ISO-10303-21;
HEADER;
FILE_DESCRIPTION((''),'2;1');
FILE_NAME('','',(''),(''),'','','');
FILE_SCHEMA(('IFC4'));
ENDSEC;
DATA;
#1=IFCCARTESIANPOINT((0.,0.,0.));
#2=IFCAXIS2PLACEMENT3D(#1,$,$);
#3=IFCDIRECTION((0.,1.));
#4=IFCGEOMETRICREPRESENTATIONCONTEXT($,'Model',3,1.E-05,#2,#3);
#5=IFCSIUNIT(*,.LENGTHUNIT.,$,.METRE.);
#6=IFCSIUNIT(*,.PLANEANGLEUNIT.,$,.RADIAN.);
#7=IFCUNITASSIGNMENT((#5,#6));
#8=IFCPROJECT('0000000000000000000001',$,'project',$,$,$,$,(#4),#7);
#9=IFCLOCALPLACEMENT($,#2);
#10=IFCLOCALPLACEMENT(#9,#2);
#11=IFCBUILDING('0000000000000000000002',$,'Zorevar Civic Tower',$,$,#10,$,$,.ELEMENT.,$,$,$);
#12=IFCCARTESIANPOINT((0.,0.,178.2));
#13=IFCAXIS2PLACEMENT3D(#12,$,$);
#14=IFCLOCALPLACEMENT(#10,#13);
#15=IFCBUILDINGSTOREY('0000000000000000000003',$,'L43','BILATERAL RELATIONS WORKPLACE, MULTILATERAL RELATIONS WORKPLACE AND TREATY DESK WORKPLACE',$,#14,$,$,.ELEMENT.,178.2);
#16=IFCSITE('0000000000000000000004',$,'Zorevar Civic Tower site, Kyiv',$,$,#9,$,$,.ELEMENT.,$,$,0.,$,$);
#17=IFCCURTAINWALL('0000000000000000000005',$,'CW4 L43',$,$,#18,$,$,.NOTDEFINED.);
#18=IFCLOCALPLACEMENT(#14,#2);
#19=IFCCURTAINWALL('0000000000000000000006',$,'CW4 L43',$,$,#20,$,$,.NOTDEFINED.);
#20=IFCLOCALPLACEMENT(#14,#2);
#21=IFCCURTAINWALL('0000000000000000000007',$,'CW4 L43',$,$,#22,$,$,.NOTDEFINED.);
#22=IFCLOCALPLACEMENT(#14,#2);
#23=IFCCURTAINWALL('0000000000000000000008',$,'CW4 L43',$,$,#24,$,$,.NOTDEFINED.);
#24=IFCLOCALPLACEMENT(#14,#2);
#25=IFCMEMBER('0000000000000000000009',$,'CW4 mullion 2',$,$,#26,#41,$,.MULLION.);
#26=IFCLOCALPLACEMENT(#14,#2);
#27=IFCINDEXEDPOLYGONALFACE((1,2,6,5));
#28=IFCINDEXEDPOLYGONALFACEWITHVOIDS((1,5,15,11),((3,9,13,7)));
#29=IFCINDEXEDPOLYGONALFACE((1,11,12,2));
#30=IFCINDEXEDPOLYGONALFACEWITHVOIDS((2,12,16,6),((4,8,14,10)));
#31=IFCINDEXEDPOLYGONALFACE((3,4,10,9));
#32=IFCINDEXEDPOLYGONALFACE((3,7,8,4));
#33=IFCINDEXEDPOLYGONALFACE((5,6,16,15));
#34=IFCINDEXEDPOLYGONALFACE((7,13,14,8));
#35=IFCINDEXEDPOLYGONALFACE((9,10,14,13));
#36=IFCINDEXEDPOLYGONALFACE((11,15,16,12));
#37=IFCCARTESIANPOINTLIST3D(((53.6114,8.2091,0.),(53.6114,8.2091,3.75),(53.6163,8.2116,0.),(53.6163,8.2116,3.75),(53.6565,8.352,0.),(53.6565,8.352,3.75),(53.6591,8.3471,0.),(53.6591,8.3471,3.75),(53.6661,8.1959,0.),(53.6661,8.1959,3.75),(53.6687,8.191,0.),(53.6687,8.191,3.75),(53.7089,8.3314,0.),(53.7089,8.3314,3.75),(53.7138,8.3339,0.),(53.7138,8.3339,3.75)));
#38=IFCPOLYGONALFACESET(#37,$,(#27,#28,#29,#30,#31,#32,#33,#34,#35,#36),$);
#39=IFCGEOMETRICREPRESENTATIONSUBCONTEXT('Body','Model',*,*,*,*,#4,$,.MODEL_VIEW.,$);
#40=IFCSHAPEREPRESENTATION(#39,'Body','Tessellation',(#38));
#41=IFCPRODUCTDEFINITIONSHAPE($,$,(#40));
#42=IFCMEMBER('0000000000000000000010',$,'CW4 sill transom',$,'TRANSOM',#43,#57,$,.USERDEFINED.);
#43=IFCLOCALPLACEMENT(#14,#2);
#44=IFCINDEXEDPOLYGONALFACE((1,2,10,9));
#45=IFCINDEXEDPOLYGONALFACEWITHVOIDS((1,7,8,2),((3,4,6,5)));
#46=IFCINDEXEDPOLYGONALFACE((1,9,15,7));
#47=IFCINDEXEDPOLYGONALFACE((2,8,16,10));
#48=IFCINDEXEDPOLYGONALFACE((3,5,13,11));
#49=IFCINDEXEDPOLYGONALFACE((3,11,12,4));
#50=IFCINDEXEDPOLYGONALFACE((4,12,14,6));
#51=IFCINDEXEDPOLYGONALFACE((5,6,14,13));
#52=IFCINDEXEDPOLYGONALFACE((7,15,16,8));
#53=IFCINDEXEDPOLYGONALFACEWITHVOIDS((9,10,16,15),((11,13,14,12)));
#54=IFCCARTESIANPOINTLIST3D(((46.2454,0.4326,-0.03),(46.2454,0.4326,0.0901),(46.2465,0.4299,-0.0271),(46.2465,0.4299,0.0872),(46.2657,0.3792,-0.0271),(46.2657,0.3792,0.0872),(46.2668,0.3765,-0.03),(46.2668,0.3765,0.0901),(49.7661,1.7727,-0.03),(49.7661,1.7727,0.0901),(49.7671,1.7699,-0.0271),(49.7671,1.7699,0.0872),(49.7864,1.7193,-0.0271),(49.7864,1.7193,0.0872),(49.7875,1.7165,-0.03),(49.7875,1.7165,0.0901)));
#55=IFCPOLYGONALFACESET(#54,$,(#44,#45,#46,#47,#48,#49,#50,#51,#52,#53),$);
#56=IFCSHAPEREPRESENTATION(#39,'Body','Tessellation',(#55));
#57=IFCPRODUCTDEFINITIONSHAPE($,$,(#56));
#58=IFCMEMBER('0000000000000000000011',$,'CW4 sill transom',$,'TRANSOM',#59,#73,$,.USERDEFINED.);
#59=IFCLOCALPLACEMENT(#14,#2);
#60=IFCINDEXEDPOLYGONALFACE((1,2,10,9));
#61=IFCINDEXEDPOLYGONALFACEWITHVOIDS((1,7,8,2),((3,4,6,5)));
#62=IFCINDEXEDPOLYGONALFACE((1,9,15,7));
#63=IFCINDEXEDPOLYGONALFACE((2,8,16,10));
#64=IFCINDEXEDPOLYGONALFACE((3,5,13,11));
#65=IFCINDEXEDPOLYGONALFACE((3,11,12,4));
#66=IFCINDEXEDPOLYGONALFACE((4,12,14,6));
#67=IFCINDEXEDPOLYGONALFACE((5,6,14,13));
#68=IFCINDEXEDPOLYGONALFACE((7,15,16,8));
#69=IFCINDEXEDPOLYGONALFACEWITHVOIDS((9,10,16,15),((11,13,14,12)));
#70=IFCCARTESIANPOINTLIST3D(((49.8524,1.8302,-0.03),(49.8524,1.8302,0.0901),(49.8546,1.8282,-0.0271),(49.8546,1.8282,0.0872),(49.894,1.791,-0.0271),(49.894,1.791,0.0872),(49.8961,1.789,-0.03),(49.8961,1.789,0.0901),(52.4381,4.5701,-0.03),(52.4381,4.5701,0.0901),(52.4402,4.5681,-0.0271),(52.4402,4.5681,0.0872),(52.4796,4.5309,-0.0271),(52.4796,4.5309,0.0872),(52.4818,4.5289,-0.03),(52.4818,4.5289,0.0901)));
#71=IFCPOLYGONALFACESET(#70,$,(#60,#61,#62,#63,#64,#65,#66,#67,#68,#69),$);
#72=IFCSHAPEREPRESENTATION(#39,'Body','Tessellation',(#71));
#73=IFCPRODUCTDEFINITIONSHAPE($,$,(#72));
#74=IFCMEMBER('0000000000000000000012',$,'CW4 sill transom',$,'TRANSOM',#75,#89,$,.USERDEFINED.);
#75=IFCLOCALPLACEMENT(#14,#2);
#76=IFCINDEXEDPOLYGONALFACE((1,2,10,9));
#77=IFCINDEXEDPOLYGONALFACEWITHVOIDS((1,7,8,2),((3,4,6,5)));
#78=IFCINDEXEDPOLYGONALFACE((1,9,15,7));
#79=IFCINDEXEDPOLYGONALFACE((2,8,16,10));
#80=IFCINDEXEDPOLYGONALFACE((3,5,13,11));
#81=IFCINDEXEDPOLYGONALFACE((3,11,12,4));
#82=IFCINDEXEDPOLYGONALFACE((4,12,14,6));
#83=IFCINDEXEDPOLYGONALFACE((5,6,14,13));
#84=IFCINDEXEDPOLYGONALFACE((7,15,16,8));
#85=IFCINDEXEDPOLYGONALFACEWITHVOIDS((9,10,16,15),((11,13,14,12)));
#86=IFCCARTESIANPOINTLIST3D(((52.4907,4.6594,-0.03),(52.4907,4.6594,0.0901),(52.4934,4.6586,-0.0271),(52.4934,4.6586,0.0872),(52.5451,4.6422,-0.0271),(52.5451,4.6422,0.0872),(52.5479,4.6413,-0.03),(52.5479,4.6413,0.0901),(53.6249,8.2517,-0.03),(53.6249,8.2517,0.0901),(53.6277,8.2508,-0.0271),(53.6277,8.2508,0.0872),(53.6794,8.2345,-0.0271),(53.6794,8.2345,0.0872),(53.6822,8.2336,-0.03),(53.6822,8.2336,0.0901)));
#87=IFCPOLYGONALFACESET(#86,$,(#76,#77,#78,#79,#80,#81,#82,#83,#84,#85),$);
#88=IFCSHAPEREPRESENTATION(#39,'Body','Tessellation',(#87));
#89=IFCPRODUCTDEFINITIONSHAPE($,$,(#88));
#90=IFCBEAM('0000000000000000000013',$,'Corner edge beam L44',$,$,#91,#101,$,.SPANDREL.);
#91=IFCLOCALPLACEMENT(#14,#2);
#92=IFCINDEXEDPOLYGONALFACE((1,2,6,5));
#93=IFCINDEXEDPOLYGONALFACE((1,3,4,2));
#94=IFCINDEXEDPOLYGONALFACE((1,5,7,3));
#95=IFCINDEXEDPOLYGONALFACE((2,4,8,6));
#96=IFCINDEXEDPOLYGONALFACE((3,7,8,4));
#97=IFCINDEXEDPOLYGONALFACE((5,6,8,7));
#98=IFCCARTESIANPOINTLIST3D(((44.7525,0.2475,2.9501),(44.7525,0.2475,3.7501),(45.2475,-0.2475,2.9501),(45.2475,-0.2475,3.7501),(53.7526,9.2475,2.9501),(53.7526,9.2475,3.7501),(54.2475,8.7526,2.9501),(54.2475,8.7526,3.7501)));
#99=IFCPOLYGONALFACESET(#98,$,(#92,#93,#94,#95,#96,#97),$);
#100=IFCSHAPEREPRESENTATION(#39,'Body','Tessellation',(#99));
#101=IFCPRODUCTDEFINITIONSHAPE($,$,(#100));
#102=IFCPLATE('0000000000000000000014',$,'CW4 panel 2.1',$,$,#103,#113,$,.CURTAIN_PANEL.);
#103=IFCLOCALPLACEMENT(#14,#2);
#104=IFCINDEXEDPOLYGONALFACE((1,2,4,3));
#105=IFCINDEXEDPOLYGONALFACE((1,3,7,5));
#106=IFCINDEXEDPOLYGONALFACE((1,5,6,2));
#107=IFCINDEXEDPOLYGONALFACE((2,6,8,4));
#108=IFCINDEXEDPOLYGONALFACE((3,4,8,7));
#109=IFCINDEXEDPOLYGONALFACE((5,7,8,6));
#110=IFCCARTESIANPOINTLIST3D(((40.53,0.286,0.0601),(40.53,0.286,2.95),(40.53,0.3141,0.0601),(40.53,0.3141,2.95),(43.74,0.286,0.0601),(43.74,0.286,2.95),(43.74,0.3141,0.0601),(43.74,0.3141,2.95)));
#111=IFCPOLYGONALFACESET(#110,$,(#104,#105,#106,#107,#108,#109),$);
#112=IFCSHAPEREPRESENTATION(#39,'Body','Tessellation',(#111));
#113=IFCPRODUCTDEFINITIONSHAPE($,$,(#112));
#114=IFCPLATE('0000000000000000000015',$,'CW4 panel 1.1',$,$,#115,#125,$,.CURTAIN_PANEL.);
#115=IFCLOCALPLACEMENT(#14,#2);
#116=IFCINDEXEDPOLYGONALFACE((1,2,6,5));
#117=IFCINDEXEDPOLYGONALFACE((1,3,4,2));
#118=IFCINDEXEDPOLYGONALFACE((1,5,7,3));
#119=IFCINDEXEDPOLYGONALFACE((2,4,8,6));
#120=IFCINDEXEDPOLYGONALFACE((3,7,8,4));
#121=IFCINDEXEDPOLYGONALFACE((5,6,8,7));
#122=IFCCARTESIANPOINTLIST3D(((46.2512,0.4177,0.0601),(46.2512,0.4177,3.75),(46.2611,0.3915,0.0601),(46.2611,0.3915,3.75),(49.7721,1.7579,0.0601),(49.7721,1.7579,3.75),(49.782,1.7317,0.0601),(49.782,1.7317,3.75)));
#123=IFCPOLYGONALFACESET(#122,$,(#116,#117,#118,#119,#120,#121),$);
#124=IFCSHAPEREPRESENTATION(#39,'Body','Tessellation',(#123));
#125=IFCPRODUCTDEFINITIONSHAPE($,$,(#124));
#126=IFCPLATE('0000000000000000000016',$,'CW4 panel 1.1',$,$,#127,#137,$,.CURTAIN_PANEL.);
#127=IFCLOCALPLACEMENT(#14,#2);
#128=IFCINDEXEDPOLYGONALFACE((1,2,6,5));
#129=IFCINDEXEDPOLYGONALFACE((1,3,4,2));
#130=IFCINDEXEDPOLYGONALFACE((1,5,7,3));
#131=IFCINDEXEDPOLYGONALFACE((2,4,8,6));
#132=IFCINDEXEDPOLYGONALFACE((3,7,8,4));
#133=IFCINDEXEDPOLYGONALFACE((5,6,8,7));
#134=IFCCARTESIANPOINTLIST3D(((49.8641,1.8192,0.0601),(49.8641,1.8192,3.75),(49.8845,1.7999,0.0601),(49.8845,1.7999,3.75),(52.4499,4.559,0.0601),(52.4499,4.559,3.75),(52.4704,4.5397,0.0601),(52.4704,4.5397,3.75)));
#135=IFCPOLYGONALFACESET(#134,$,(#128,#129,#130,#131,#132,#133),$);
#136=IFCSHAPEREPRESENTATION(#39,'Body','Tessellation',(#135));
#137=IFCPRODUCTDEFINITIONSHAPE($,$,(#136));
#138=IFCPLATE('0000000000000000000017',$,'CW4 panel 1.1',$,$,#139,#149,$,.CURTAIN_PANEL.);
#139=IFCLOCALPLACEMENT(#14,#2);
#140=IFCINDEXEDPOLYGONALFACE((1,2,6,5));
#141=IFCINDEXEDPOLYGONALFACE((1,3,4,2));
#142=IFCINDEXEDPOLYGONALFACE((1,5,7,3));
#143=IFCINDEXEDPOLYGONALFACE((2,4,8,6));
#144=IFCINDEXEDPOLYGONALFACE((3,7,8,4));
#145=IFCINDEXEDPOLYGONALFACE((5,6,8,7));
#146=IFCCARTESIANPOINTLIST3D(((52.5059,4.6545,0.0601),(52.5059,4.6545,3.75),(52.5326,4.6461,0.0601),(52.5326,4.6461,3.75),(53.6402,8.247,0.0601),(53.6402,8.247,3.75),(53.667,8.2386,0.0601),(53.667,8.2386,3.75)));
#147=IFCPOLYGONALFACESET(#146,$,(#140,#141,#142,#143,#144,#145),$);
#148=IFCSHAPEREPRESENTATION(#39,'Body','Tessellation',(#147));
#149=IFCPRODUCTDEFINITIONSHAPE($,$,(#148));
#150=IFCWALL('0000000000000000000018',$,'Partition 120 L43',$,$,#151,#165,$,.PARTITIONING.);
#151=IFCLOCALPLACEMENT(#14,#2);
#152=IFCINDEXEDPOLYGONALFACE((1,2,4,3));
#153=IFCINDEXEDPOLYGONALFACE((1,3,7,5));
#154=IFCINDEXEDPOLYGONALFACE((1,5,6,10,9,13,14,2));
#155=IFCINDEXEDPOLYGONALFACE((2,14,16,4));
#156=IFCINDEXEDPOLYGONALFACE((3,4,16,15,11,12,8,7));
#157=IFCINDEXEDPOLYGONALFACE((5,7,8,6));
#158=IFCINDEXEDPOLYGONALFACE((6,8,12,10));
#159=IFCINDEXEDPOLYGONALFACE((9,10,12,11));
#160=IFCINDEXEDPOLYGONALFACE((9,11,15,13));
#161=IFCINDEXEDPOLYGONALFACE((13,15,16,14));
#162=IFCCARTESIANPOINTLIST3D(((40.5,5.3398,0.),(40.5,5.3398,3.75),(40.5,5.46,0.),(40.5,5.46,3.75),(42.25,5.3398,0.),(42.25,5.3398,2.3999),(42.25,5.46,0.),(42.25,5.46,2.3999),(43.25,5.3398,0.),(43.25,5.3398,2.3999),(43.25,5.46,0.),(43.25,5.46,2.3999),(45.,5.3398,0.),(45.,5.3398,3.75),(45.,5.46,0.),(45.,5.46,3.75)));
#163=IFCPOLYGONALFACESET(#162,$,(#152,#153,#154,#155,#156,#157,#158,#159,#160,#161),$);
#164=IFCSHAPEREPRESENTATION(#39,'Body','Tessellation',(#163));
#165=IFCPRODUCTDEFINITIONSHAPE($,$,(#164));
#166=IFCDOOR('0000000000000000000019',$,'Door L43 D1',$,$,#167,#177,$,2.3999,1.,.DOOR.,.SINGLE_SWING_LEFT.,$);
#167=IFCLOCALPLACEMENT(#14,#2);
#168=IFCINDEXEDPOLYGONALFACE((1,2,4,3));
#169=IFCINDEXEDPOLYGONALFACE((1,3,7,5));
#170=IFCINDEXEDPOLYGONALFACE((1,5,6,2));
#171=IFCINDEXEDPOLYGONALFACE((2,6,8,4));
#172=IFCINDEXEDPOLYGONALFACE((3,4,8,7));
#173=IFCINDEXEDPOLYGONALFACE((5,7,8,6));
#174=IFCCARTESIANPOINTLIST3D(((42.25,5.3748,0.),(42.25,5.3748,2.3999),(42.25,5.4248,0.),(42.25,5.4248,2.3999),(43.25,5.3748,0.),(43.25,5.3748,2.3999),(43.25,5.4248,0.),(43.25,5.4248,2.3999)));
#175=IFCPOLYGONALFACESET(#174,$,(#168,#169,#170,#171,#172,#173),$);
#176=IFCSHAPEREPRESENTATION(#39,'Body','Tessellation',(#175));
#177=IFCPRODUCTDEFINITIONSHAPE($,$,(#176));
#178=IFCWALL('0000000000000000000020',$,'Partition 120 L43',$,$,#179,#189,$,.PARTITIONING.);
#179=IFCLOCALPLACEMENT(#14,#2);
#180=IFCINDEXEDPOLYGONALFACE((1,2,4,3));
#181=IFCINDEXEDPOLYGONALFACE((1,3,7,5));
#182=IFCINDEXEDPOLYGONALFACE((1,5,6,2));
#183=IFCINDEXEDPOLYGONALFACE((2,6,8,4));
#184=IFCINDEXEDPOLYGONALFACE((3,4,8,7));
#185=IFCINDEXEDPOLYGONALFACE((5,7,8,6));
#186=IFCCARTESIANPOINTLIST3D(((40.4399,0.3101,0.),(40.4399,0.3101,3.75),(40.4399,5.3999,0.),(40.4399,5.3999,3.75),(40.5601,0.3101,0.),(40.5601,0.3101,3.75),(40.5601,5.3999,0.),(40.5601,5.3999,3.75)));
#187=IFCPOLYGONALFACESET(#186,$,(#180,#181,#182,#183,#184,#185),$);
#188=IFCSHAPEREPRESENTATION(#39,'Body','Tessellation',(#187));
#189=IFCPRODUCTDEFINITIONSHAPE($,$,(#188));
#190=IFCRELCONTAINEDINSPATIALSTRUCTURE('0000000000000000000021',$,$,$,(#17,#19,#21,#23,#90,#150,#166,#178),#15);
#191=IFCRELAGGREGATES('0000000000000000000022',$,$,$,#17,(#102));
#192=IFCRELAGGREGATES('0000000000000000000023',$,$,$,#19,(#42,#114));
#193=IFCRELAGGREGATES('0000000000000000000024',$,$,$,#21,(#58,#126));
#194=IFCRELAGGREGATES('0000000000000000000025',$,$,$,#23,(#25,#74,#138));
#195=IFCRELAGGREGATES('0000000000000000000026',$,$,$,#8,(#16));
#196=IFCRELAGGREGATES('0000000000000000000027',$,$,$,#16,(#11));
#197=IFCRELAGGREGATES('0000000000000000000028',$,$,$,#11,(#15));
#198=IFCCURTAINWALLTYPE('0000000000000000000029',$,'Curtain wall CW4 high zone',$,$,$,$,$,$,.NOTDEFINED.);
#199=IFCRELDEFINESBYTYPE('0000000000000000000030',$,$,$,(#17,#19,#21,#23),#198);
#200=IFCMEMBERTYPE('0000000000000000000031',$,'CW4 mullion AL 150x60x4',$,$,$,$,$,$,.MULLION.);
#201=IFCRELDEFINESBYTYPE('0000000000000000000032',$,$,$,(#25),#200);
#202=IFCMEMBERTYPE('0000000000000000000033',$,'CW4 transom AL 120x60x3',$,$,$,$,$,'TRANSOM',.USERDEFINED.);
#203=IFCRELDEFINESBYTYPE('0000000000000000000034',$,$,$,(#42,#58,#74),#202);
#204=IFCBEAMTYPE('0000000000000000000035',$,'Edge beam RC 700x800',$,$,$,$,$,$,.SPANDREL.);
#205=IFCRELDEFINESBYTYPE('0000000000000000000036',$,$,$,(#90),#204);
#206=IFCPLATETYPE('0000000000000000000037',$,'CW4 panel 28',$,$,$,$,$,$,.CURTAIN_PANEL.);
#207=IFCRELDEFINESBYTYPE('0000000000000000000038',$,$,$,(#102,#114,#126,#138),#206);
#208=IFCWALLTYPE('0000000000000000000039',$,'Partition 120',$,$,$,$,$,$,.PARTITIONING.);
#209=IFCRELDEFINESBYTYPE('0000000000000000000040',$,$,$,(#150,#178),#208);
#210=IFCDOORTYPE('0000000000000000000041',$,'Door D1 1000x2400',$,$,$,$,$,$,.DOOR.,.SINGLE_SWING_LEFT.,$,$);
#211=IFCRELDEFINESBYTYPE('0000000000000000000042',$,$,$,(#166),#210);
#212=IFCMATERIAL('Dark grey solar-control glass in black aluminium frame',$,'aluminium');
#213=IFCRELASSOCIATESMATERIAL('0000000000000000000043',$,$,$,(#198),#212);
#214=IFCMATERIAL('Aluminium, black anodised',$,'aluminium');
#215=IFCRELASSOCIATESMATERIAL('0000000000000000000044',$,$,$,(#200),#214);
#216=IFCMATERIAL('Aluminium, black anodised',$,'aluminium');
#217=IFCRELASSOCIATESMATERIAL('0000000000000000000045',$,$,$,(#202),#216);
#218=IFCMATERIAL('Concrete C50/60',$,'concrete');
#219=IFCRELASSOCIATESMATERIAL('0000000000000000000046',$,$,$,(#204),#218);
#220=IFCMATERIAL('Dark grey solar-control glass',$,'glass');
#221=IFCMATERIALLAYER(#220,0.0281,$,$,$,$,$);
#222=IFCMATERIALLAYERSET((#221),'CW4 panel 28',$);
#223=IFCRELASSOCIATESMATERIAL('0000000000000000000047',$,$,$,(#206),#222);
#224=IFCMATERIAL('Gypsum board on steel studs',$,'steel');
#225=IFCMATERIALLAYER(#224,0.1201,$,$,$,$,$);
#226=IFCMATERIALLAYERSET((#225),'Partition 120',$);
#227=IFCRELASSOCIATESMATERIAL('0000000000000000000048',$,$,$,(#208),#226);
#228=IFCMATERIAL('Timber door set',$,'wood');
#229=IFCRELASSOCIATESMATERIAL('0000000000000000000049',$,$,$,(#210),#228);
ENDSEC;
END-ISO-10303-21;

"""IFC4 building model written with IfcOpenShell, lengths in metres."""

from ifc_helpers import new_model, si_unit, direction, frame, frame_2d, origin, origin_2d, place, context, subcontext, project, spatial, rectangle, hollow_rectangle, extrude, material, layer, layer_set, material_profile, profile_set, type_object, element, fill, aggregate, save


model = new_model("IFC4")

# Units and contexts
model_context = context("Model", 3, precision=1e-05, world=origin(), true_north=direction((0.0, 1.0)))
body_context = subcontext(model_context, "Body", "Model", "MODEL_VIEW")
ifc_project = project(units=[si_unit("LENGTHUNIT", "METRE"), si_unit("PLANEANGLEUNIT", "RADIAN")], contexts=[model_context])

# Site, building, storey
site_placement = place(None, origin())
site = spatial("IfcSite", under=ifc_project, at=site_placement, Name="Zorevar Civic Tower site, Kyiv", CompositionType="ELEMENT", RefElevation=0.0)
building_placement = place(site_placement, origin())
building = spatial("IfcBuilding", under=site, at=building_placement, Name="Zorevar Civic Tower", CompositionType="ELEMENT")
storey_placement = place(building_placement, frame((0.0, 0.0, 178.2)))
storey = spatial("IfcBuildingStorey", under=building, at=storey_placement, Name="L43", Description="BILATERAL RELATIONS WORKPLACE, MULTILATERAL RELATIONS WORKPLACE AND TREATY DESK WORKPLACE", CompositionType="ELEMENT", Elevation=178.2)

# Curtain walls, member
ifc_material_1 = material(Name="Dark grey solar-control glass in black aluminium frame", Category="aluminium")
curtain_wall_type = type_object("IfcCurtainWallType", Name="Curtain wall CW4 high zone", PredefinedType="NOTDEFINED", material=ifc_material_1)
curtain_wall_1_placement = place(storey_placement, origin())
curtain_wall_1 = element("IfcCurtainWall", 1, at=curtain_wall_1_placement, inside=storey, type_object=curtain_wall_type, Name="CW4 L43", PredefinedType="NOTDEFINED")
ifc_material_2 = material(Name="Aluminium, black anodised", Category="aluminium")
ifc_material_profile_1 = material_profile(ifc_material_2, hollow_rectangle(XDim=0.0601, YDim=0.1499, WallThickness=0.0039, at=origin_2d()), Name="AL 150x60x4")
ifc_profile_set_1 = profile_set([ifc_material_profile_1], Name="Aluminium, black anodised")
member_type_1 = type_object("IfcMemberType", Name="CW4 mullion AL 150x60x4", PredefinedType="MULLION", material=ifc_profile_set_1)
curtain_wall_2_placement = place(storey_placement, origin())
curtain_wall_2 = element("IfcCurtainWall", 2, at=curtain_wall_2_placement, inside=storey, type_object=curtain_wall_type, Name="CW4 L43", PredefinedType="NOTDEFINED")
curtain_wall_3_placement = place(storey_placement, origin())
curtain_wall_3 = element("IfcCurtainWall", 3, at=curtain_wall_3_placement, inside=storey, type_object=curtain_wall_type, Name="CW4 L43", PredefinedType="NOTDEFINED")
curtain_wall_4_placement = place(storey_placement, origin())
curtain_wall_4 = element("IfcCurtainWall", 4, at=curtain_wall_4_placement, inside=storey, type_object=curtain_wall_type, Name="CW4 L43", PredefinedType="NOTDEFINED")
member_1_placement = place(storey_placement, frame((53.6626, 8.2715, 0.0), z_axis=(0.0, 0.0, 1.0), x_axis=(-0.95359, 0.301108, 0.0)))
member_1 = element("IfcMember", 5, at=member_1_placement, type_object=member_type_1, Name="CW4 mullion 2", PredefinedType="MULLION", context=body_context, shape_type="SweptSolid", body=[
    extrude(hollow_rectangle(XDim=0.0601, YDim=0.1499, WallThickness=0.0039, at=origin_2d()), origin(), (0.0, 0.0, 1.0), 3.75),
])

# Members
ifc_material_3 = material(Name="Aluminium, black anodised", Category="aluminium")
ifc_material_profile_2 = material_profile(ifc_material_3, hollow_rectangle(XDim=0.0601, YDim=0.1201, WallThickness=0.0029, at=origin_2d()), Name="AL 120x60x3")
ifc_profile_set_2 = profile_set([ifc_material_profile_2], Name="Aluminium, black anodised")
member_type_2 = type_object("IfcMemberType", Name="CW4 transom AL 120x60x3", ElementType="TRANSOM", PredefinedType="USERDEFINED", material=ifc_profile_set_2)
member_2_placement = place(storey_placement, frame((46.2561, 0.4045, 0.03), z_axis=(0.934589, 0.355729, 0.0), x_axis=(-0.355729, 0.934589, 0.0)))
member_2 = element("IfcMember", 6, at=member_2_placement, type_object=member_type_2, Name="CW4 sill transom", ObjectType="TRANSOM", PredefinedType="USERDEFINED", context=body_context, shape_type="SweptSolid", body=[
    extrude(hollow_rectangle(XDim=0.0601, YDim=0.1201, WallThickness=0.0029, at=origin_2d()), origin(), (0.0, 0.0, 1.0), 3.7671),
])
member_3_placement = place(storey_placement, frame((49.8743, 1.8096, 0.03), z_axis=(0.686332, 0.727288, 0.0), x_axis=(-0.727288, 0.686332, 0.0)))
member_3 = element("IfcMember", 7, at=member_3_placement, type_object=member_type_2, Name="CW4 sill transom", ObjectType="TRANSOM", PredefinedType="USERDEFINED", context=body_context, shape_type="SweptSolid", body=[
    extrude(hollow_rectangle(XDim=0.0601, YDim=0.1201, WallThickness=0.0029, at=origin_2d()), origin(), (0.0, 0.0, 1.0), 3.7673),
])
member_4_placement = place(storey_placement, frame((52.5193, 4.6504, 0.03), z_axis=(0.3011, 0.953592, 0.0), x_axis=(-0.953592, 0.3011, 0.0)))
member_4 = element("IfcMember", 8, at=member_4_placement, type_object=member_type_2, Name="CW4 sill transom", ObjectType="TRANSOM", PredefinedType="USERDEFINED", context=body_context, shape_type="SweptSolid", body=[
    extrude(hollow_rectangle(XDim=0.0601, YDim=0.1201, WallThickness=0.0029, at=origin_2d()), origin(), (0.0, 0.0, 1.0), 3.7671),
])

# Beam
ifc_material_4 = material(Name="Concrete C50/60", Category="concrete")
ifc_material_profile_3 = material_profile(ifc_material_4, rectangle(XDim=0.7, YDim=0.8, at=origin_2d()), Name="RC 700x800")
ifc_profile_set_3 = profile_set([ifc_material_profile_3], Name="Concrete C50/60")
beam_type_1 = type_object("IfcBeamType", Name="Edge beam RC 700x800", PredefinedType="SPANDREL", material=ifc_profile_set_3)
beam_1_placement = place(storey_placement, frame((45.0, 0.0, 3.3501), z_axis=(0.707107, 0.707107, 0.0), x_axis=(-0.707107, 0.707107, 0.0)))
element("IfcBeam", 9, at=beam_1_placement, inside=storey, type_object=beam_type_1, Name="Corner edge beam L44", PredefinedType="SPANDREL", context=body_context, shape_type="SweptSolid", body=[
    extrude(rectangle(XDim=0.7, YDim=0.8, at=origin_2d()), origin(), (0.0, 0.0, 1.0), 12.728),
])

# Plates
ifc_material_5 = material(Name="Dark grey solar-control glass", Category="glass")
ifc_layer_1 = layer(ifc_material_5, 0.0281)
ifc_layer_set_1 = layer_set([ifc_layer_1], Name="CW4 panel 28")
plate_type = type_object("IfcPlateType", Name="CW4 panel 28", PredefinedType="CURTAIN_PANEL", material=ifc_layer_set_1)
plate_1_placement = place(storey_placement, frame((42.135, 0.3, 0.0601), z_axis=(0.0, 0.0, 1.0), x_axis=(1.0, 0.0, 0.0)))
plate_1 = element("IfcPlate", 10, at=plate_1_placement, type_object=plate_type, Name="CW4 panel 2.1", PredefinedType="CURTAIN_PANEL", context=body_context, shape_type="SweptSolid", body=[
    extrude(rectangle(XDim=3.21, YDim=0.0281, at=origin_2d()), origin(), (0.0, 0.0, 1.0), 2.8899),
])
aggregate(curtain_wall_1, [plate_1])
plate_2_placement = place(storey_placement, frame((48.0166, 1.0747, 0.0601), z_axis=(0.0, 0.0, 1.0), x_axis=(0.934588, 0.355731, 0.0)))
plate_2 = element("IfcPlate", 11, at=plate_2_placement, type_object=plate_type, Name="CW4 panel 1.1", PredefinedType="CURTAIN_PANEL", context=body_context, shape_type="SweptSolid", body=[
    extrude(rectangle(XDim=3.7673, YDim=0.0281, at=origin_2d()), origin(), (0.0, 0.0, 1.0), 3.6899),
])
aggregate(curtain_wall_2, [member_2, plate_2])
plate_3_placement = place(storey_placement, frame((51.1672, 3.1794, 0.0601), z_axis=(0.0, 0.0, 1.0), x_axis=(0.686378, 0.727245, 0.0)))
plate_3 = element("IfcPlate", 12, at=plate_3_placement, type_object=plate_type, Name="CW4 panel 1.1", PredefinedType="CURTAIN_PANEL", context=body_context, shape_type="SweptSolid", body=[
    extrude(rectangle(XDim=3.7673, YDim=0.0281, at=origin_2d()), origin(), (0.0, 0.0, 1.0), 3.6899),
])
aggregate(curtain_wall_3, [member_3, plate_3])
plate_4_placement = place(storey_placement, frame((53.0864, 6.4465, 0.0601), z_axis=(0.0, 0.0, 1.0), x_axis=(0.301108, 0.95359, 0.0)))
plate_4 = element("IfcPlate", 13, at=plate_4_placement, type_object=plate_type, Name="CW4 panel 1.1", PredefinedType="CURTAIN_PANEL", context=body_context, shape_type="SweptSolid", body=[
    extrude(rectangle(XDim=3.7673, YDim=0.0281, at=origin_2d()), origin(), (0.0, 0.0, 1.0), 3.6899),
])
aggregate(curtain_wall_4, [member_1, member_4, plate_4])

# Wall, opening, door
ifc_material_6 = material(Name="Gypsum board on steel studs", Category="steel")
ifc_layer_2 = layer(ifc_material_6, 0.1201)
ifc_layer_set_2 = layer_set([ifc_layer_2], Name="Partition 120")
wall_type = type_object("IfcWallType", Name="Partition 120", PredefinedType="PARTITIONING", material=ifc_layer_set_2)
wall_1_placement = place(storey_placement, frame((40.5, 5.3999, 0.0), z_axis=(0.0, 0.0, 1.0), x_axis=(1.0, 0.0, 0.0)))
wall_1 = element("IfcWall", 14, at=wall_1_placement, inside=storey, type_object=wall_type, Name="Partition 120 L43", PredefinedType="PARTITIONING", context=body_context, shape_type="SweptSolid", body=[
    extrude(rectangle(XDim=4.5, YDim=0.1201, at=frame_2d((2.25, 0.0))), origin(), (0.0, 0.0, 1.0), 3.75),
])
opening_placement = place(wall_1_placement, frame((1.75, 0.0, 0.0)))
opening = element("IfcOpeningElement", 15, at=opening_placement, cuts=wall_1, PredefinedType="OPENING", context=body_context, shape_type="SweptSolid", body=[
    extrude(rectangle(XDim=1.0, YDim=2.3999, at=frame_2d((0.5, 1.2))), frame((0.0, 0.0701, 0.0), z_axis=(0.0, -1.0, 0.0), x_axis=(1.0, 0.0, 0.0)), (0.0, 0.0, 1.0), 0.1401),
])
ifc_material_7 = material(Name="Timber door set", Category="wood")
door_type = type_object("IfcDoorType", Name="Door D1 1000x2400", OperationType="SINGLE_SWING_LEFT", PredefinedType="DOOR", material=ifc_material_7)
door_placement = place(opening_placement, origin())
door = element("IfcDoor", 16, at=door_placement, inside=storey, type_object=door_type, Name="Door L43 D1", OperationType="SINGLE_SWING_LEFT", OverallHeight=2.3999, OverallWidth=1.0, PredefinedType="DOOR", context=body_context, shape_type="SweptSolid", body=[
    extrude(rectangle(XDim=1.0, YDim=2.3999, at=frame_2d((0.5, 1.2))), frame((0.0, 0.0249, 0.0), z_axis=(0.0, -1.0, 0.0), x_axis=(1.0, 0.0, 0.0)), (0.0, 0.0, 1.0), 0.05),
])
fill(opening, door)

# Wall
wall_2_placement = place(storey_placement, frame((40.5, 0.3101, 0.0), z_axis=(0.0, 0.0, 1.0), x_axis=(0.0, 1.0, 0.0)))
element("IfcWall", 17, at=wall_2_placement, inside=storey, type_object=wall_type, Name="Partition 120 L43", PredefinedType="PARTITIONING", context=body_context, shape_type="SweptSolid", body=[
    extrude(rectangle(XDim=5.0898, YDim=0.1201, at=frame_2d((2.5449, 0.0))), origin(), (0.0, 0.0, 1.0), 3.75),
])

save(model, "model.ifc")
